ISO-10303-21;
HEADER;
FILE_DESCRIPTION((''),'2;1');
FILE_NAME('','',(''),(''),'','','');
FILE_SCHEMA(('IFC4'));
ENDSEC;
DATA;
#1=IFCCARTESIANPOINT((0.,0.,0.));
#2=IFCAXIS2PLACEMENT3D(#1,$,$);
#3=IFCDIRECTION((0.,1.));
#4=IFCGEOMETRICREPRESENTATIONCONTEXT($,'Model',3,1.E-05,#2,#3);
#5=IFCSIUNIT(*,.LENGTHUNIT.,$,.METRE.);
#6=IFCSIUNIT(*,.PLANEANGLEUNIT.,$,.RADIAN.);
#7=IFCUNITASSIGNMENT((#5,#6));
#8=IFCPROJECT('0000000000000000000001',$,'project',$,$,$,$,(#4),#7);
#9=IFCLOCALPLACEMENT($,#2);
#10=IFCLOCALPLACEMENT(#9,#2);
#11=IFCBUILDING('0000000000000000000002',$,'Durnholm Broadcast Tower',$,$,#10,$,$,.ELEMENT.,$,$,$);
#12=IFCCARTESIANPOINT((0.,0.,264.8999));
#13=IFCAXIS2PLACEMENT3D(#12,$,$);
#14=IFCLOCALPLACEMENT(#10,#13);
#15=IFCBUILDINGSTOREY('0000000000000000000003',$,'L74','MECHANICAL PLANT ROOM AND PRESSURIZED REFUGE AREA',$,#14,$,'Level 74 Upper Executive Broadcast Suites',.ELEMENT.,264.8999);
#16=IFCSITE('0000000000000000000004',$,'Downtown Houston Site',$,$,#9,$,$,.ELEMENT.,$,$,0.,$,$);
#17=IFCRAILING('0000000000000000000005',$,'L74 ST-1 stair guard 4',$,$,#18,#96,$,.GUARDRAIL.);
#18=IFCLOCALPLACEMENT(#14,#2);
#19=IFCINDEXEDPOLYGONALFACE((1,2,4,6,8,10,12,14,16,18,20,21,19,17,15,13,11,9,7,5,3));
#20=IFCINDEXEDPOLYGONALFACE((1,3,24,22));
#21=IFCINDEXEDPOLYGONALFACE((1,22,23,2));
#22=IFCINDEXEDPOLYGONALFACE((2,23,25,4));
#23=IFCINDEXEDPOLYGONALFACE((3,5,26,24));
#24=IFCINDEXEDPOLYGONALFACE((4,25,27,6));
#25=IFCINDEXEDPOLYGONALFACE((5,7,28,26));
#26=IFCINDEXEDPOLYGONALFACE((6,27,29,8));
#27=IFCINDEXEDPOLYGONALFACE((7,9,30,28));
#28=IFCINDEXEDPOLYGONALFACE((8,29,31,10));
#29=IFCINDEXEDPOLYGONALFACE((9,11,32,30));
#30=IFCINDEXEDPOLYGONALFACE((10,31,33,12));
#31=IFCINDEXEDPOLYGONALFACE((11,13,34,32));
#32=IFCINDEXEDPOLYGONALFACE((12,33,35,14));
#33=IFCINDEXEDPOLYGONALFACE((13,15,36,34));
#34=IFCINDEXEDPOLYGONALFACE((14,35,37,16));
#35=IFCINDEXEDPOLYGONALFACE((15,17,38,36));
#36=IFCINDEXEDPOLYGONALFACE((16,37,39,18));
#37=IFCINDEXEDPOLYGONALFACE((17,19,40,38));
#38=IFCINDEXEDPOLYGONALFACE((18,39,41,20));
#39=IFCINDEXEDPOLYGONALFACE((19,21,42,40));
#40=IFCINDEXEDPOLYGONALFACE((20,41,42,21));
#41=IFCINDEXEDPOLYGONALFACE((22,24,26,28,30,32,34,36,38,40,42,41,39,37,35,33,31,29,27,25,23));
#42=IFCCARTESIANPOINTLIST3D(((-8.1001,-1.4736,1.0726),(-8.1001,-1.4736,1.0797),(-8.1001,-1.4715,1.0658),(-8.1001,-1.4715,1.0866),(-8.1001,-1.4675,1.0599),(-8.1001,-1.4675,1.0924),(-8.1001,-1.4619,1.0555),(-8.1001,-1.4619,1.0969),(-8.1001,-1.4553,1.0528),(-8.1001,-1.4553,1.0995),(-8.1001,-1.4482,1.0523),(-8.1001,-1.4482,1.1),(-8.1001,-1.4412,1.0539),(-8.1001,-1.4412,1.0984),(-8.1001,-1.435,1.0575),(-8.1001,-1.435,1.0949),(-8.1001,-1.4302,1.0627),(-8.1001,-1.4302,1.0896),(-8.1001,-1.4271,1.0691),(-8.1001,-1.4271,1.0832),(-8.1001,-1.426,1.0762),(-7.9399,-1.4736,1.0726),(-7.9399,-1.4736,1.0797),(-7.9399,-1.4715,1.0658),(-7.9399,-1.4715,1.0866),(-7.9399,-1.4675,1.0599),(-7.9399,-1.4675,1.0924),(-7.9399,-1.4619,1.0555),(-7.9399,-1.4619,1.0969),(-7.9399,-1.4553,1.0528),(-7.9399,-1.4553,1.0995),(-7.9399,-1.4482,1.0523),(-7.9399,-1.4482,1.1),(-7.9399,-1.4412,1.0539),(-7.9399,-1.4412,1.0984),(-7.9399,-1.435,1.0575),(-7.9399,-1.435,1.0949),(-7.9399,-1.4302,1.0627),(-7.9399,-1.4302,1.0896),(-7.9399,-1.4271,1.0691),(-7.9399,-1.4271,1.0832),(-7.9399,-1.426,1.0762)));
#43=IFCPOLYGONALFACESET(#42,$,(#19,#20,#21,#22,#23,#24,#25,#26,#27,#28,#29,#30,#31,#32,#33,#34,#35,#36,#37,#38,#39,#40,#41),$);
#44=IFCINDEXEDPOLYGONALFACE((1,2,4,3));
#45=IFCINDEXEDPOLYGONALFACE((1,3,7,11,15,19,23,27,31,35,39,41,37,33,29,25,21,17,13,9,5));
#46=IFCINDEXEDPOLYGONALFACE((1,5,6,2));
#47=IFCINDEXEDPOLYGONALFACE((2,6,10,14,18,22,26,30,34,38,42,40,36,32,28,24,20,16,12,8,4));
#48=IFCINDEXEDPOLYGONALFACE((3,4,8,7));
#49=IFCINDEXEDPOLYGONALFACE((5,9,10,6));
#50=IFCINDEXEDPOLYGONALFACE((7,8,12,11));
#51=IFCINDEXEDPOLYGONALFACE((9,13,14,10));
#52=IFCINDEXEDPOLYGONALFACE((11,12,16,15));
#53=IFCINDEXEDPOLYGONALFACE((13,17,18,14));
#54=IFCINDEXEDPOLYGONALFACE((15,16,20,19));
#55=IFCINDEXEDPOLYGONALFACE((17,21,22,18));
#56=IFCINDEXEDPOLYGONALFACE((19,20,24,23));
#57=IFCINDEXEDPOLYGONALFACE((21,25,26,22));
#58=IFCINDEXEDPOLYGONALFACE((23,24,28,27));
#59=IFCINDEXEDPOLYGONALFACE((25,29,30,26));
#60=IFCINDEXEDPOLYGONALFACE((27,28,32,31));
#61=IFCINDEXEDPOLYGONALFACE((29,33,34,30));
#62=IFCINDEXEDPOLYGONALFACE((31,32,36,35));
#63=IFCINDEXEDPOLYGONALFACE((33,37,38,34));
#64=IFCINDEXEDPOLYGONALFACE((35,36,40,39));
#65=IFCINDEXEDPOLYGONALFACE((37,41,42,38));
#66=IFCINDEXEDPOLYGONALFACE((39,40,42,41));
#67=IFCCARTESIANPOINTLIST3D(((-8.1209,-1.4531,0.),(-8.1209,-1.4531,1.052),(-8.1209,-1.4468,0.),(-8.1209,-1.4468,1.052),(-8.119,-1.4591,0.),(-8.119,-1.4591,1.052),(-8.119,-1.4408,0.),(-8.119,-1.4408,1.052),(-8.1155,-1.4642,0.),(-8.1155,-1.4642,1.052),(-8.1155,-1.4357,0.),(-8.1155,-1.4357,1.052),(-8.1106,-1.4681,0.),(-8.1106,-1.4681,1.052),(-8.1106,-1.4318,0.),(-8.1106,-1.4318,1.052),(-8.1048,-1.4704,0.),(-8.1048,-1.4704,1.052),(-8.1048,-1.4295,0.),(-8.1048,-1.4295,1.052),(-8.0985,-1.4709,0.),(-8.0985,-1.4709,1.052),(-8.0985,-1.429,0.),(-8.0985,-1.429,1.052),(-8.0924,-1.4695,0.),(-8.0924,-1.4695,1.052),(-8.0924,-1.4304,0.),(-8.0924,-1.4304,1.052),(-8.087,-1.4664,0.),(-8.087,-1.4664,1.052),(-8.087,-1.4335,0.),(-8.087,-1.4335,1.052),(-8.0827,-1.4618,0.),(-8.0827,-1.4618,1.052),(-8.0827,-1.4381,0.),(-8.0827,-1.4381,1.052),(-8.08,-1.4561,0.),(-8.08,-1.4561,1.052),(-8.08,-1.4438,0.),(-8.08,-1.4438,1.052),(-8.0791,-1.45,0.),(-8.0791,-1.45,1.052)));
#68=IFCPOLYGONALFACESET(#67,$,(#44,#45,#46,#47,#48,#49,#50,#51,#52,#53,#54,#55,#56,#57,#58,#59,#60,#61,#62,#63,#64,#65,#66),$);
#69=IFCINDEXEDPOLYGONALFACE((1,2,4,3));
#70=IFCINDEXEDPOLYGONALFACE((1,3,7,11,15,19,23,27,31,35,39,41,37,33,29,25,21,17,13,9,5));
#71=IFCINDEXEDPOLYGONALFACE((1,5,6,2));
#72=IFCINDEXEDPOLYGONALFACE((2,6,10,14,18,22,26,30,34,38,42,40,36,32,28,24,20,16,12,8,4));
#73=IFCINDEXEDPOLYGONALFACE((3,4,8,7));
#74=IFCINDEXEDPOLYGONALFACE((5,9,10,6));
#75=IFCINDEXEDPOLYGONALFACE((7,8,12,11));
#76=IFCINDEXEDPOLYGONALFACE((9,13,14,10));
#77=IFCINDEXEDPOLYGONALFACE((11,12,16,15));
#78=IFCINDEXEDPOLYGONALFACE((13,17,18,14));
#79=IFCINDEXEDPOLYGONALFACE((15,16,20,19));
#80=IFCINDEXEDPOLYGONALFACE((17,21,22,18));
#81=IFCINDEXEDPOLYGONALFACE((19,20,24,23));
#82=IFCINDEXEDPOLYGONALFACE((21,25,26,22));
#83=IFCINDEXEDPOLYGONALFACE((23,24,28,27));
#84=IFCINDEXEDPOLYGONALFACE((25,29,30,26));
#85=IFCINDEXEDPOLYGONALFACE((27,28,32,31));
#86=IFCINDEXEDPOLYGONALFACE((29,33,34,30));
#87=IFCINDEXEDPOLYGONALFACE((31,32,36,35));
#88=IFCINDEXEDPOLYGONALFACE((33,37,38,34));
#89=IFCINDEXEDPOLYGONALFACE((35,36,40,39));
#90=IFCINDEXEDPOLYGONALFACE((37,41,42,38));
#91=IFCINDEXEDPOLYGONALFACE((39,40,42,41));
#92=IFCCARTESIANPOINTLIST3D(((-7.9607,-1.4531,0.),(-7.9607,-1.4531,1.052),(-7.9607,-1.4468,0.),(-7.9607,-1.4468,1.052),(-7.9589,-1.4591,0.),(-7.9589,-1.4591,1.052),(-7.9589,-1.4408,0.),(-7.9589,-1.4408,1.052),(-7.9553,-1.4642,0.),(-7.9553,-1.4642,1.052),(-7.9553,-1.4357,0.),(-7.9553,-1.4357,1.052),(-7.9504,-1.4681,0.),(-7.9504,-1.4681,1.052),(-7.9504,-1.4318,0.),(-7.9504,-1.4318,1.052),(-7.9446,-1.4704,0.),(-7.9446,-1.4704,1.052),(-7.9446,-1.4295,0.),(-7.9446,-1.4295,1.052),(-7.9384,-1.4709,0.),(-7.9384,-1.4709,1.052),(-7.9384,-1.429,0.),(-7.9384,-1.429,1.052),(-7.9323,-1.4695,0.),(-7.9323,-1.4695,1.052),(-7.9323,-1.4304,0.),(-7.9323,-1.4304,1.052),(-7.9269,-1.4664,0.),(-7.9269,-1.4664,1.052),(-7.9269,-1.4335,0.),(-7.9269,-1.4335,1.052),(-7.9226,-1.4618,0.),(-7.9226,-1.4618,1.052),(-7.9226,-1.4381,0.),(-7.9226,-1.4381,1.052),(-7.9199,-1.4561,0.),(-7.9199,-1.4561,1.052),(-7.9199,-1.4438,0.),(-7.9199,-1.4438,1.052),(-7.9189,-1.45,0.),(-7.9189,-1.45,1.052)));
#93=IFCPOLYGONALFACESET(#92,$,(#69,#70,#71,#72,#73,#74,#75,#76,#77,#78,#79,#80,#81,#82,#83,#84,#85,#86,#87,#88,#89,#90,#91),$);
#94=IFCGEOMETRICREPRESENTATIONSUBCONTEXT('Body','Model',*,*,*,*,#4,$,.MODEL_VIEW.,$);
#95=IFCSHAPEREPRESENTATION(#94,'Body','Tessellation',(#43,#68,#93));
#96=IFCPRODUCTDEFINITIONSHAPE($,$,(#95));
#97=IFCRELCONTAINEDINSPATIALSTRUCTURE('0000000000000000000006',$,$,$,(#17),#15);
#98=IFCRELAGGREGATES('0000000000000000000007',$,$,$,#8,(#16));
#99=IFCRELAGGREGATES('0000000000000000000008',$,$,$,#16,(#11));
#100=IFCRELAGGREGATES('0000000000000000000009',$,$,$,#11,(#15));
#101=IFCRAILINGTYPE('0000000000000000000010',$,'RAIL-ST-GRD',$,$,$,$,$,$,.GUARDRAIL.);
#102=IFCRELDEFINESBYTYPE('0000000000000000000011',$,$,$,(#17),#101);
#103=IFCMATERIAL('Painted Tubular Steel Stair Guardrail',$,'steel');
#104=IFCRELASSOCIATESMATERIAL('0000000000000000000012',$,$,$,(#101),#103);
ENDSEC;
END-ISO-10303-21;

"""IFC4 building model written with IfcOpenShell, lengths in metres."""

from ifc_helpers import new_model, si_unit, direction, frame, origin, origin_2d, place, context, subcontext, project, spatial, circle, extrude, material, type_object, element, save


model = new_model("IFC4")

# Units and contexts
model_context = context("Model", 3, precision=1e-05, world=origin(), true_north=direction((0.0, 1.0)))
body_context = subcontext(model_context, "Body", "Model", "MODEL_VIEW")
ifc_project = project(units=[si_unit("LENGTHUNIT", "METRE"), si_unit("PLANEANGLEUNIT", "RADIAN")], contexts=[model_context])

# Site, building, storey
site_placement = place(None, origin())
site = spatial("IfcSite", under=ifc_project, at=site_placement, Name="Downtown Houston Site", CompositionType="ELEMENT", RefElevation=0.0)
building_placement = place(site_placement, origin())
building = spatial("IfcBuilding", under=site, at=building_placement, Name="Durnholm Broadcast Tower", CompositionType="ELEMENT")
storey_placement = place(building_placement, frame((0.0, 0.0, 264.8999)))
storey = spatial("IfcBuildingStorey", under=building, at=storey_placement, Name="L74", Description="MECHANICAL PLANT ROOM AND PRESSURIZED REFUGE AREA", LongName="Level 74 Upper Executive Broadcast Suites", CompositionType="ELEMENT", Elevation=264.8999)

# Railing
ifc_material_1 = material(Name="Painted Tubular Steel Stair Guardrail", Category="steel")
railing_type_1 = type_object("IfcRailingType", Name="RAIL-ST-GRD", PredefinedType="GUARDRAIL", material=ifc_material_1)
railing_1_placement = place(storey_placement, frame((-8.1001, -1.45, 0.0)))
element("IfcRailing", 1, at=railing_1_placement, inside=storey, type_object=railing_type_1, Name="L74 ST-1 stair guard 4", PredefinedType="GUARDRAIL", context=body_context, shape_type="SweptSolid", body=[
    extrude(circle(Radius=0.0239, at=origin_2d()), frame((0.0, 0.0, 1.0762), z_axis=(1.0, 0.0, 0.0), x_axis=(0.0, 1.0, 0.0)), (0.0, 0.0, 1.0), 0.1602),
    extrude(circle(Radius=0.021, at=origin_2d()), origin(), (0.0, 0.0, 1.0), 1.052),
    extrude(circle(Radius=0.021, at=origin_2d()), frame((0.1602, 0.0, 0.0)), (0.0, 0.0, 1.0), 1.052),
])

save(model, "model.ifc")
